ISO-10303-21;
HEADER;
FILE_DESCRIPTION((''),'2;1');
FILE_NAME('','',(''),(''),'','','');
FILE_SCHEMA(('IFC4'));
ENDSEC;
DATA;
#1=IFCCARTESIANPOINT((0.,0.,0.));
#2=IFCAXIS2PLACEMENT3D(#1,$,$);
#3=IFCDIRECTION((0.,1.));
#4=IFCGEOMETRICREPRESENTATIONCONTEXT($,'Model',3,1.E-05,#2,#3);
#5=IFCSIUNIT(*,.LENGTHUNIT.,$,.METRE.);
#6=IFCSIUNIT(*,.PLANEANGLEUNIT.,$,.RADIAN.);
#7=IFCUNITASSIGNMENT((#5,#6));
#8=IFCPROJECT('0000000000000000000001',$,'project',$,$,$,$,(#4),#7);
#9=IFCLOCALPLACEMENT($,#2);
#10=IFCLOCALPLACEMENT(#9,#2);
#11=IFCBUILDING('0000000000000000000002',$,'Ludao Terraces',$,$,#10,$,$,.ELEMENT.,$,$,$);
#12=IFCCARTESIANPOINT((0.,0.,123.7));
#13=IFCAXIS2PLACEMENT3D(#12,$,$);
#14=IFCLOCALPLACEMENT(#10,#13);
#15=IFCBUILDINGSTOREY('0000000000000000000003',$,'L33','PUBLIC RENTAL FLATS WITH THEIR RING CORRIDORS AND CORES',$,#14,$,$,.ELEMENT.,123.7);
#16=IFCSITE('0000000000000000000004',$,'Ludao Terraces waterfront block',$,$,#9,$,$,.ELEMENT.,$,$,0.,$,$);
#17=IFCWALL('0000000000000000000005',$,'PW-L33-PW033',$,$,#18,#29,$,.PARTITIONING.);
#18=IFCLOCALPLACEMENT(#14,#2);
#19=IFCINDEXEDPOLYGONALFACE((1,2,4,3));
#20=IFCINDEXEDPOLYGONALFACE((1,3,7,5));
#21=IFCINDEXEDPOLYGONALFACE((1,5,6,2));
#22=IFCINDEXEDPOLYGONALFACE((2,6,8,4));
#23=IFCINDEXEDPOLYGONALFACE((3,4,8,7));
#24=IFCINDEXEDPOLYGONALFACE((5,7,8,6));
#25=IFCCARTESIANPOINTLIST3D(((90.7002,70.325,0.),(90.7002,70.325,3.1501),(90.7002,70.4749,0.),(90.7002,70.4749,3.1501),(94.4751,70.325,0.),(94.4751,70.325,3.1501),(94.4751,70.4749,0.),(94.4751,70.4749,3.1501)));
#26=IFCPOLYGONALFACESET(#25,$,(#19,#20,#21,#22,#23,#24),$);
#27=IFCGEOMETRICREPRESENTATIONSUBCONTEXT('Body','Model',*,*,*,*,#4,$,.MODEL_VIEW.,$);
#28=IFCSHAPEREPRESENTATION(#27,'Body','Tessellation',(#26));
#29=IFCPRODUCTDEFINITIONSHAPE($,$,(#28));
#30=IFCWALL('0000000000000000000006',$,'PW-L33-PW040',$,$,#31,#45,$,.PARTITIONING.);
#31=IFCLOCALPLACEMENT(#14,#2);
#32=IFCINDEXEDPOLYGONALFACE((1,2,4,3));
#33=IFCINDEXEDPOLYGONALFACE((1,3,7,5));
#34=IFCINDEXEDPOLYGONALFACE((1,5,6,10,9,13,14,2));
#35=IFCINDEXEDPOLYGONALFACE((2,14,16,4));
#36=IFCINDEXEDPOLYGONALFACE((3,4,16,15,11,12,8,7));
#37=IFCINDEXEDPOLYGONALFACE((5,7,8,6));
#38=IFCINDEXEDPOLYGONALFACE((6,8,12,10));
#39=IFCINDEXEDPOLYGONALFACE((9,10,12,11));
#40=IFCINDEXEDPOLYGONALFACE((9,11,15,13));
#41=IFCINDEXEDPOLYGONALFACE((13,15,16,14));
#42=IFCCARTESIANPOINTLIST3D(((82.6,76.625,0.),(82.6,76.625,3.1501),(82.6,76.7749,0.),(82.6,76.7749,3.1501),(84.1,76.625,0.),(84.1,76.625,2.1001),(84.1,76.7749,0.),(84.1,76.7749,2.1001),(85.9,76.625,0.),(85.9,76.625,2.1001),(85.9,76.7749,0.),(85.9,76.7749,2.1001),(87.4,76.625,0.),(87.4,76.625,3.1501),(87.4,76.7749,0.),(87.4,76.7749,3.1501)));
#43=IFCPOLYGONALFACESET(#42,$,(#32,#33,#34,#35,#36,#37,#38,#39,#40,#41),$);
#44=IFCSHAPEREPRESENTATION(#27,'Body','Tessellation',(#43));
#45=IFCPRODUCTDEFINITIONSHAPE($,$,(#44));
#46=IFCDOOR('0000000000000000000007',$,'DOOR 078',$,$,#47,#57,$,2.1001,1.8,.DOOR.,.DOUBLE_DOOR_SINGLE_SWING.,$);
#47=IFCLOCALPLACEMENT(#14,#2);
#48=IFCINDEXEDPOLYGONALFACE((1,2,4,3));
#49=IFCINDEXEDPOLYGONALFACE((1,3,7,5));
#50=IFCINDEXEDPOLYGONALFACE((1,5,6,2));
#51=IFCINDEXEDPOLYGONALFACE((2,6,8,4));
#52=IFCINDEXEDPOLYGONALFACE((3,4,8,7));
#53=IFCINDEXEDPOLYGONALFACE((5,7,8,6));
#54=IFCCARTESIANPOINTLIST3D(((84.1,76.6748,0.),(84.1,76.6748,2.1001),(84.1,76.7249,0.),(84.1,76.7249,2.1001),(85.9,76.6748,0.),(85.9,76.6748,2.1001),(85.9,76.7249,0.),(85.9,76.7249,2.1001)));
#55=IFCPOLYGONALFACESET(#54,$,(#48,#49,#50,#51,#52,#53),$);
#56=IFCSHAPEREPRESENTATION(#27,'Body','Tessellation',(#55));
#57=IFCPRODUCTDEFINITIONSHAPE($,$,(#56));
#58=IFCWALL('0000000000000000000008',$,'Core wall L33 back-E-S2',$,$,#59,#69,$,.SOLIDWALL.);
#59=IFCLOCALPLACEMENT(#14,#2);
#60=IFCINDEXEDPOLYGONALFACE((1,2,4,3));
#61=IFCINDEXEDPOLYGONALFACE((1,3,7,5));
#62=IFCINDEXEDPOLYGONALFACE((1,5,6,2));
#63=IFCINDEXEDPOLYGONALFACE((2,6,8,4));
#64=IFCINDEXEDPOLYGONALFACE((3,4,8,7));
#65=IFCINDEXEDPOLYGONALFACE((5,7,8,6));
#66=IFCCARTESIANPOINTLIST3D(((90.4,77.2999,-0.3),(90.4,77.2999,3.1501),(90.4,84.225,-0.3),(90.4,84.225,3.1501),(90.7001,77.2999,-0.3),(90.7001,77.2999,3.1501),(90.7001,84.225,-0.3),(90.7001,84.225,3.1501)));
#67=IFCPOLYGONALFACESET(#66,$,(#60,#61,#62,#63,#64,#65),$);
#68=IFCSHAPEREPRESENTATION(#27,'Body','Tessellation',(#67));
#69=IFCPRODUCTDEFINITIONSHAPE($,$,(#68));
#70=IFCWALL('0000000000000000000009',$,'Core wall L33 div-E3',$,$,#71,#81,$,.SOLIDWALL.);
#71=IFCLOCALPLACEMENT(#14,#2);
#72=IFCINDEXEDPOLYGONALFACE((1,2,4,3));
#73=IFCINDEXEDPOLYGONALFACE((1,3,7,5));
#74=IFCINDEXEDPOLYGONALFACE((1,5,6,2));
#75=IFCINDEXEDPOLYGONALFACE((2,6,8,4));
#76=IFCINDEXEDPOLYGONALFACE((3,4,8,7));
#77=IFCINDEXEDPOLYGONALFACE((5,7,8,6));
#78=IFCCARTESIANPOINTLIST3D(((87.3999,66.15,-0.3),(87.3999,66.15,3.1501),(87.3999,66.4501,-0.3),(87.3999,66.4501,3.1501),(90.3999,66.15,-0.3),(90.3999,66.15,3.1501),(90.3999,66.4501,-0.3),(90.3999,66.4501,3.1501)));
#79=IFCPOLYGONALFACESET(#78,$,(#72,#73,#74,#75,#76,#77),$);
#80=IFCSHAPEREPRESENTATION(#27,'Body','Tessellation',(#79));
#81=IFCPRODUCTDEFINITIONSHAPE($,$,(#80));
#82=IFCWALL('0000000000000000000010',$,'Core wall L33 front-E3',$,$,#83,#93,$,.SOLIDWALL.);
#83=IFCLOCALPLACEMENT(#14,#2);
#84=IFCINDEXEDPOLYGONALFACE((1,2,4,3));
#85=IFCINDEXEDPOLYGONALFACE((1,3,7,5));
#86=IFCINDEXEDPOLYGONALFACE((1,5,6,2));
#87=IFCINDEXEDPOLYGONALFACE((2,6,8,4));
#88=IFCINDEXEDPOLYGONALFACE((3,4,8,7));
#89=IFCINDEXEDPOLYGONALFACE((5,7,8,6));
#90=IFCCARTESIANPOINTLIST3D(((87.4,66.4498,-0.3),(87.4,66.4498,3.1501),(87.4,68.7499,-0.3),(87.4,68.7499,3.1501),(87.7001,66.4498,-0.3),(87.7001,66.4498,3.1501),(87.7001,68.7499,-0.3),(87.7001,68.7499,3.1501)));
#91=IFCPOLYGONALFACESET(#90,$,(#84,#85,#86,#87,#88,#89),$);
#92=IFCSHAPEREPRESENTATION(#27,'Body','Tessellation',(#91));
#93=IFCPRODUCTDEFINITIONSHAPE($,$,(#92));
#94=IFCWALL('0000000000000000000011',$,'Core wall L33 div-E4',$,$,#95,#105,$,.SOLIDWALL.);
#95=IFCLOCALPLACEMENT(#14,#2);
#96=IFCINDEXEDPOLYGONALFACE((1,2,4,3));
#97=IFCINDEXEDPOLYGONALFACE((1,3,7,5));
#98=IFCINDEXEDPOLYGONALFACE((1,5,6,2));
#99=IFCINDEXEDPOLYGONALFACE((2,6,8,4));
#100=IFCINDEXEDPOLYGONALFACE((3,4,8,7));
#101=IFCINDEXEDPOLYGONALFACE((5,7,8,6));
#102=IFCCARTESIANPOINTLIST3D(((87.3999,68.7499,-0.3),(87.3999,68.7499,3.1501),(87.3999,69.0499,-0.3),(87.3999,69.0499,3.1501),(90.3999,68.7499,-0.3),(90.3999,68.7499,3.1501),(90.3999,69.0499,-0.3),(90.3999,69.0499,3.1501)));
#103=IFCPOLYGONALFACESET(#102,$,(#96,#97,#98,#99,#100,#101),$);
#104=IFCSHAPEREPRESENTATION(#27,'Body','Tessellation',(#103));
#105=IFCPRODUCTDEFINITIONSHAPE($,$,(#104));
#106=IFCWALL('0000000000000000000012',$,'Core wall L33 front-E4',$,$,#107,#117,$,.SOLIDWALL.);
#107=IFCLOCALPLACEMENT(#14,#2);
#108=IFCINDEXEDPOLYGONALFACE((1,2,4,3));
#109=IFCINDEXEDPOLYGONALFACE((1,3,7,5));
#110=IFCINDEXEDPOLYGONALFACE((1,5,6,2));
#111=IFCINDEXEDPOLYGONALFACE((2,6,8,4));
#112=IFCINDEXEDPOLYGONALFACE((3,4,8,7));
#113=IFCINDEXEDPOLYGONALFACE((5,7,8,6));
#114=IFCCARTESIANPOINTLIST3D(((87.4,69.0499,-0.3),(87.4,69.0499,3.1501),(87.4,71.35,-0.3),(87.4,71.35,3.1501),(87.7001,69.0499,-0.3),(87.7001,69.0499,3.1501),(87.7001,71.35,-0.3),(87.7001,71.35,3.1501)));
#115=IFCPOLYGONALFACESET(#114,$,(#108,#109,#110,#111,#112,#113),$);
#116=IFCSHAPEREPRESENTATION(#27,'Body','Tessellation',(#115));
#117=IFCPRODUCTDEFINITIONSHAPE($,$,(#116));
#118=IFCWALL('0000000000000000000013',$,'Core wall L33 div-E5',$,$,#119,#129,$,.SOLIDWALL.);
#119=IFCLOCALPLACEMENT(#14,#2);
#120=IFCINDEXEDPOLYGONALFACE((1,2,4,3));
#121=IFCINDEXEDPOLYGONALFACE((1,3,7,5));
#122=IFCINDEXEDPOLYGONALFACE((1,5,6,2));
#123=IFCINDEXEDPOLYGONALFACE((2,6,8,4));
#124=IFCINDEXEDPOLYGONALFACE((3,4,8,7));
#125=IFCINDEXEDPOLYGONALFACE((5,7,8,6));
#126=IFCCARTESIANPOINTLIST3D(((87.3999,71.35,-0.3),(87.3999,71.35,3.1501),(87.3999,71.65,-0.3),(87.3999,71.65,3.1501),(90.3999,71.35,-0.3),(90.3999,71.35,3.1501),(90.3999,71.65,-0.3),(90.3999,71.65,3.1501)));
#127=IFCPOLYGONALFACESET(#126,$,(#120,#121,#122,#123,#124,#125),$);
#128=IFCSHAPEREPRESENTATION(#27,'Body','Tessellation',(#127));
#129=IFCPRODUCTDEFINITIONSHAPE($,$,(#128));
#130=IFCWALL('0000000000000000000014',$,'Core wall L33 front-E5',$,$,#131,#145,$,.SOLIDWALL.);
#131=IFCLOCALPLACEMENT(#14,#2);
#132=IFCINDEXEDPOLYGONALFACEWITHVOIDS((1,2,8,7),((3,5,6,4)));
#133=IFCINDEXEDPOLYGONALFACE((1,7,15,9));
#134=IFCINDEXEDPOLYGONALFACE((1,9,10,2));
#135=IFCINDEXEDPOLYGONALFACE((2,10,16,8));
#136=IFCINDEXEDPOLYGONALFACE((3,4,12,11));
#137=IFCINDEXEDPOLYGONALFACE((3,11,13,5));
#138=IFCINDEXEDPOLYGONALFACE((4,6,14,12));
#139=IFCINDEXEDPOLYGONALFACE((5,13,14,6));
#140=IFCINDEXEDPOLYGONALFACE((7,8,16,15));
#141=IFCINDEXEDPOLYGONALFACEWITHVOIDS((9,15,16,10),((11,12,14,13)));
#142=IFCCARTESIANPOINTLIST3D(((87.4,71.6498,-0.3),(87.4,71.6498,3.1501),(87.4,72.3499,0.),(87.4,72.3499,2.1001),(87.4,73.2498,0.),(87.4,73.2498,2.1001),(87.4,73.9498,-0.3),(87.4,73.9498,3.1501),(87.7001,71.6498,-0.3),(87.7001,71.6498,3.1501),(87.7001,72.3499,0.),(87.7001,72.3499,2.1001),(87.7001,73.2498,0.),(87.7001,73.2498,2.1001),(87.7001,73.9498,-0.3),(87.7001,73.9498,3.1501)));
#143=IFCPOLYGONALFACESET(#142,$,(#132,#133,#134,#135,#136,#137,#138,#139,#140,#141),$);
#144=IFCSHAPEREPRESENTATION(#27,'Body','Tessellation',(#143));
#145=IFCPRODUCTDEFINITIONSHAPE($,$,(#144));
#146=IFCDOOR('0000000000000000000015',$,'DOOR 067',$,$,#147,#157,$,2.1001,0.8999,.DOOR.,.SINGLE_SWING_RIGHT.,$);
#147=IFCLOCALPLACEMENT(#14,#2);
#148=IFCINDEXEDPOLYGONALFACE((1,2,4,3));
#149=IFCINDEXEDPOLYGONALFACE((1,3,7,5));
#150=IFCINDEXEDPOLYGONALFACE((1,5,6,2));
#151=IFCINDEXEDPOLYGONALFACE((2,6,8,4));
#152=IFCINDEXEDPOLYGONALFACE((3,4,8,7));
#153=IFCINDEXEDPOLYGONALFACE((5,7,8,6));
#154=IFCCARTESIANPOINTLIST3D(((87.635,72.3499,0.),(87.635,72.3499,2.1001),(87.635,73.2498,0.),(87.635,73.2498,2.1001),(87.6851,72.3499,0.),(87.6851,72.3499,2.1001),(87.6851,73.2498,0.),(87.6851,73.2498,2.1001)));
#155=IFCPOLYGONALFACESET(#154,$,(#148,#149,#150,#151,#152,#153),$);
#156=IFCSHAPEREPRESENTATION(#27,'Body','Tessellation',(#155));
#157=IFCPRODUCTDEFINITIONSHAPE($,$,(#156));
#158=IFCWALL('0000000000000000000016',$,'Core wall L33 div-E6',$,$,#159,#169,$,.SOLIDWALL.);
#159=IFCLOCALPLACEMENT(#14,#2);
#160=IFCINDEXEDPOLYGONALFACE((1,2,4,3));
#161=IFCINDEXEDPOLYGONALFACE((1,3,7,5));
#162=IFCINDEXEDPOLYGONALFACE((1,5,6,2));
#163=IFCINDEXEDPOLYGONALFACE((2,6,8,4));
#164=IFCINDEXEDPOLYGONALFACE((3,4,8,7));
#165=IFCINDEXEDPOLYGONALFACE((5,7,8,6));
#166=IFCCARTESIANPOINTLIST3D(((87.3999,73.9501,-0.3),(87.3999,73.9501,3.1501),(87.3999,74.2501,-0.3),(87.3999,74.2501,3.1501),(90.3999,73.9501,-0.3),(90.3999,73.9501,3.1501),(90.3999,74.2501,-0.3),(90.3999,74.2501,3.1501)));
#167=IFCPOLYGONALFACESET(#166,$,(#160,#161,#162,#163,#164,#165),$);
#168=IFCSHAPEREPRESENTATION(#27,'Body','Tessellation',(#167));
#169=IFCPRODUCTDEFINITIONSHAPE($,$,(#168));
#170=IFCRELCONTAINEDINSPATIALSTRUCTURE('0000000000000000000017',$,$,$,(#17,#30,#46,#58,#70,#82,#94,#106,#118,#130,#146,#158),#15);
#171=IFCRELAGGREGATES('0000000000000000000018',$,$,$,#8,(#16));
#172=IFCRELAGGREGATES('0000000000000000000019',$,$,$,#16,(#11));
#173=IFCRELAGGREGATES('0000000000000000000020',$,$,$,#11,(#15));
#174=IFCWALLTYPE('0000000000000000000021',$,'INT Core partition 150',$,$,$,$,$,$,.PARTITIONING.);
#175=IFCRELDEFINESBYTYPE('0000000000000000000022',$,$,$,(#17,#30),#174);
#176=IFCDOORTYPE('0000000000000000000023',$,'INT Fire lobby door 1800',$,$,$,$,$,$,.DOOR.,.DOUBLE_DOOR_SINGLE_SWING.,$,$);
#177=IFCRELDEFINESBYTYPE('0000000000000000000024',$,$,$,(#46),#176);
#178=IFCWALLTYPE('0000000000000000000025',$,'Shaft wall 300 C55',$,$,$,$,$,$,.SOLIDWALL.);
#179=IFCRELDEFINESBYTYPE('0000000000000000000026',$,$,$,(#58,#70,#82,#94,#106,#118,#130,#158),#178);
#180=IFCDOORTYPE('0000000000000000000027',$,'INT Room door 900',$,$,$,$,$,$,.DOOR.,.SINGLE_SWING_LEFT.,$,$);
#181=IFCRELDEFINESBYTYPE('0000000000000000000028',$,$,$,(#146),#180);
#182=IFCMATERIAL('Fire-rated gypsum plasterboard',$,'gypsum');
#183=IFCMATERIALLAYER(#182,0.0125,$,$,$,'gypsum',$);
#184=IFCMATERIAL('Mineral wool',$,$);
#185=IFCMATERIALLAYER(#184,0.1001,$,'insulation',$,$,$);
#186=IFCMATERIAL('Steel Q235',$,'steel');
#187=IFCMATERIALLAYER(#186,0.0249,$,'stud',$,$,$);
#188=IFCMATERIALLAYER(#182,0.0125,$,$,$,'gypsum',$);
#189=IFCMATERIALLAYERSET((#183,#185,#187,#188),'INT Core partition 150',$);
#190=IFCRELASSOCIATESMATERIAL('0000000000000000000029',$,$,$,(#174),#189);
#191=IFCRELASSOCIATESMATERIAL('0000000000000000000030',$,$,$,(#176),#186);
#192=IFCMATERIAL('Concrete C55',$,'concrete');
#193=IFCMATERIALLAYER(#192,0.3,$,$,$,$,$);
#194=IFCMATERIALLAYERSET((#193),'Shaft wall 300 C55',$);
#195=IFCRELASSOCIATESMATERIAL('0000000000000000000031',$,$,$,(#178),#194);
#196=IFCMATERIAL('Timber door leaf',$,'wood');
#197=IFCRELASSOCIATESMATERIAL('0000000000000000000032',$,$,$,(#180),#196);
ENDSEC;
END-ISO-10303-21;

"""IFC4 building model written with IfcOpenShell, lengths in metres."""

from ifc_helpers import new_model, si_unit, direction, frame, frame_2d, origin, place, context, subcontext, project, spatial, rectangle, extrude, material, layer, layer_set, type_object, element, fill, save


model = new_model("IFC4")

# Units and contexts
model_context = context("Model", 3, precision=1e-05, world=origin(), true_north=direction((0.0, 1.0)))
body_context = subcontext(model_context, "Body", "Model", "MODEL_VIEW")
ifc_project = project(units=[si_unit("LENGTHUNIT", "METRE"), si_unit("PLANEANGLEUNIT", "RADIAN")], contexts=[model_context])

# Site, building, storey
site_placement = place(None, origin())
site = spatial("IfcSite", under=ifc_project, at=site_placement, Name="Ludao Terraces waterfront block", CompositionType="ELEMENT", RefElevation=0.0)
building_placement = place(site_placement, origin())
building = spatial("IfcBuilding", under=site, at=building_placement, Name="Ludao Terraces", CompositionType="ELEMENT")
storey_placement = place(building_placement, frame((0.0, 0.0, 123.7)))
storey = spatial("IfcBuildingStorey", under=building, at=storey_placement, Name="L33", Description="PUBLIC RENTAL FLATS WITH THEIR RING CORRIDORS AND CORES", CompositionType="ELEMENT", Elevation=123.7)

# Wall
ifc_material_1 = material(Name="Fire-rated gypsum plasterboard", Category="gypsum")
ifc_layer_1 = layer(ifc_material_1, 0.0125, Category="gypsum")
ifc_material_2 = material(Name="Mineral wool")
ifc_layer_2 = layer(ifc_material_2, 0.1001, Name="insulation")
ifc_material_3 = material(Name="Steel Q235", Category="steel")
ifc_layer_3 = layer(ifc_material_3, 0.0249, Name="stud")
ifc_layer_4 = layer(ifc_material_1, 0.0125, Category="gypsum")
ifc_layer_set_1 = layer_set([ifc_layer_1, ifc_layer_2, ifc_layer_3, ifc_layer_4], Name="INT Core partition 150")
wall_type_1 = type_object("IfcWallType", Name="INT Core partition 150", PredefinedType="PARTITIONING", material=ifc_layer_set_1)
wall_1_placement = place(storey_placement, frame((90.7002, 70.3999, 0.0), z_axis=(0.0, 0.0, 1.0), x_axis=(1.0, 0.0, 0.0)))
element("IfcWall", 1, at=wall_1_placement, inside=storey, type_object=wall_type_1, Name="PW-L33-PW033", PredefinedType="PARTITIONING", context=body_context, shape_type="SweptSolid", body=[
    extrude(rectangle(XDim=3.7749, YDim=0.1499, at=frame_2d((1.8875, 0.0))), origin(), (0.0, 0.0, 1.0), 3.1501),
])

# Wall, opening, door
wall_2_placement = place(storey_placement, frame((82.6001, 76.7, 0.0), z_axis=(0.0, 0.0, 1.0), x_axis=(1.0, 0.0, 0.0)))
wall_2 = element("IfcWall", 2, at=wall_2_placement, inside=storey, type_object=wall_type_1, Name="PW-L33-PW040", PredefinedType="PARTITIONING", context=body_context, shape_type="SweptSolid", body=[
    extrude(rectangle(XDim=4.8, YDim=0.1499, at=frame_2d((2.3999, 0.0))), origin(), (0.0, 0.0, 1.0), 3.1501),
])
opening_1_placement = place(wall_2_placement, frame((1.5, 0.0, 0.0)))
opening_1 = element("IfcOpeningElement", 3, at=opening_1_placement, cuts=wall_2, PredefinedType="OPENING", context=body_context, shape_type="SweptSolid", body=[
    extrude(rectangle(XDim=1.8, YDim=2.1001, at=frame_2d((0.8999, 1.05))), frame((0.0, 0.085, 0.0), z_axis=(0.0, -1.0, 0.0), x_axis=(1.0, 0.0, 0.0)), (0.0, 0.0, 1.0), 0.1699),
])
door_type_1 = type_object("IfcDoorType", Name="INT Fire lobby door 1800", OperationType="DOUBLE_DOOR_SINGLE_SWING", PredefinedType="DOOR", material=ifc_material_3)
door_1_placement = place(opening_1_placement, origin())
door_1 = element("IfcDoor", 4, at=door_1_placement, inside=storey, type_object=door_type_1, Name="DOOR 078", OperationType="DOUBLE_DOOR_SINGLE_SWING", OverallHeight=2.1001, OverallWidth=1.8, PredefinedType="DOOR", context=body_context, shape_type="SweptSolid", body=[
    extrude(rectangle(XDim=1.8, YDim=2.1001, at=frame_2d((0.8999, 1.05))), frame((0.0, 0.0249, 0.0), z_axis=(0.0, -1.0, 0.0), x_axis=(1.0, 0.0, 0.0)), (0.0, 0.0, 1.0), 0.05),
])
fill(opening_1, door_1)

# Walls
ifc_material_4 = material(Name="Concrete C55", Category="concrete")
ifc_layer_5 = layer(ifc_material_4, 0.3)
ifc_layer_set_2 = layer_set([ifc_layer_5], Name="Shaft wall 300 C55")
wall_type_2 = type_object("IfcWallType", Name="Shaft wall 300 C55", PredefinedType="SOLIDWALL", material=ifc_layer_set_2)
wall_3_placement = place(storey_placement, frame((90.55, 77.3, -0.3), z_axis=(0.0, 0.0, 1.0), x_axis=(0.0, 1.0, 0.0)))
element("IfcWall", 5, at=wall_3_placement, inside=storey, type_object=wall_type_2, Name="Core wall L33 back-E-S2", PredefinedType="SOLIDWALL", context=body_context, shape_type="SweptSolid", body=[
    extrude(rectangle(XDim=6.925, YDim=0.3, at=frame_2d((3.4624, 0.0))), origin(), (0.0, 0.0, 1.0), 3.4502),
])
wall_4_placement = place(storey_placement, frame((87.3999, 66.3, -0.3), z_axis=(0.0, 0.0, 1.0), x_axis=(1.0, 0.0, 0.0)))
element("IfcWall", 6, at=wall_4_placement, inside=storey, type_object=wall_type_2, Name="Core wall L33 div-E3", PredefinedType="SOLIDWALL", context=body_context, shape_type="SweptSolid", body=[
    extrude(rectangle(XDim=3.0, YDim=0.3, at=frame_2d((1.5, 0.0))), origin(), (0.0, 0.0, 1.0), 3.4502),
])
wall_5_placement = place(storey_placement, frame((87.55, 66.45, -0.3), z_axis=(0.0, 0.0, 1.0), x_axis=(0.0, 1.0, 0.0)))
element("IfcWall", 7, at=wall_5_placement, inside=storey, type_object=wall_type_2, Name="Core wall L33 front-E3", PredefinedType="SOLIDWALL", context=body_context, shape_type="SweptSolid", body=[
    extrude(rectangle(XDim=2.3, YDim=0.3, at=frame_2d((1.1499, 0.0))), origin(), (0.0, 0.0, 1.0), 3.4502),
])
wall_6_placement = place(storey_placement, frame((87.3999, 68.8999, -0.3), z_axis=(0.0, 0.0, 1.0), x_axis=(1.0, 0.0, 0.0)))
element("IfcWall", 8, at=wall_6_placement, inside=storey, type_object=wall_type_2, Name="Core wall L33 div-E4", PredefinedType="SOLIDWALL", context=body_context, shape_type="SweptSolid", body=[
    extrude(rectangle(XDim=3.0, YDim=0.3, at=frame_2d((1.5, 0.0))), origin(), (0.0, 0.0, 1.0), 3.4502),
])
wall_7_placement = place(storey_placement, frame((87.55, 69.05, -0.3), z_axis=(0.0, 0.0, 1.0), x_axis=(0.0, 1.0, 0.0)))
element("IfcWall", 9, at=wall_7_placement, inside=storey, type_object=wall_type_2, Name="Core wall L33 front-E4", PredefinedType="SOLIDWALL", context=body_context, shape_type="SweptSolid", body=[
    extrude(rectangle(XDim=2.3, YDim=0.3, at=frame_2d((1.1499, 0.0))), origin(), (0.0, 0.0, 1.0), 3.4502),
])
wall_8_placement = place(storey_placement, frame((87.3999, 71.5, -0.3), z_axis=(0.0, 0.0, 1.0), x_axis=(1.0, 0.0, 0.0)))
element("IfcWall", 10, at=wall_8_placement, inside=storey, type_object=wall_type_2, Name="Core wall L33 div-E5", PredefinedType="SOLIDWALL", context=body_context, shape_type="SweptSolid", body=[
    extrude(rectangle(XDim=3.0, YDim=0.3, at=frame_2d((1.5, 0.0))), origin(), (0.0, 0.0, 1.0), 3.4502),
])

# Wall, opening, door
wall_9_placement = place(storey_placement, frame((87.55, 71.6499, -0.3), z_axis=(0.0, 0.0, 1.0), x_axis=(0.0, 1.0, 0.0)))
wall_9 = element("IfcWall", 11, at=wall_9_placement, inside=storey, type_object=wall_type_2, Name="Core wall L33 front-E5", PredefinedType="SOLIDWALL", context=body_context, shape_type="SweptSolid", body=[
    extrude(rectangle(XDim=2.3, YDim=0.3, at=frame_2d((1.1499, 0.0))), origin(), (0.0, 0.0, 1.0), 3.4502),
])
opening_2_placement = place(wall_9_placement, frame((0.7, 0.0, 0.3)))
opening_2 = element("IfcOpeningElement", 12, at=opening_2_placement, cuts=wall_9, PredefinedType="OPENING", context=body_context, shape_type="SweptSolid", body=[
    extrude(rectangle(XDim=0.8999, YDim=2.1001, at=frame_2d((0.45, 1.05))), frame((0.0, 0.1602, 0.0), z_axis=(0.0, -1.0, 0.0), x_axis=(1.0, 0.0, 0.0)), (0.0, 0.0, 1.0), 0.3201),
])
ifc_material_5 = material(Name="Timber door leaf", Category="wood")
door_type_2 = type_object("IfcDoorType", Name="INT Room door 900", OperationType="SINGLE_SWING_LEFT", PredefinedType="DOOR", material=ifc_material_5)
door_2_placement = place(opening_2_placement, origin())
door_2 = element("IfcDoor", 13, at=door_2_placement, inside=storey, type_object=door_type_2, Name="DOOR 067", OperationType="SINGLE_SWING_RIGHT", OverallHeight=2.1001, OverallWidth=0.8999, PredefinedType="DOOR", context=body_context, shape_type="SweptSolid", body=[
    extrude(rectangle(XDim=0.8999, YDim=2.1001, at=frame_2d((0.45, 1.05))), frame((0.0, -0.085, 0.0), z_axis=(0.0, -1.0, 0.0), x_axis=(1.0, 0.0, 0.0)), (0.0, 0.0, 1.0), 0.05),
])
fill(opening_2, door_2)

# Wall
wall_10_placement = place(storey_placement, frame((87.3999, 74.1001, -0.3), z_axis=(0.0, 0.0, 1.0), x_axis=(1.0, 0.0, 0.0)))
element("IfcWall", 14, at=wall_10_placement, inside=storey, type_object=wall_type_2, Name="Core wall L33 div-E6", PredefinedType="SOLIDWALL", context=body_context, shape_type="SweptSolid", body=[
    extrude(rectangle(XDim=3.0, YDim=0.3, at=frame_2d((1.5, 0.0))), origin(), (0.0, 0.0, 1.0), 3.4502),
])

save(model, "model.ifc")
